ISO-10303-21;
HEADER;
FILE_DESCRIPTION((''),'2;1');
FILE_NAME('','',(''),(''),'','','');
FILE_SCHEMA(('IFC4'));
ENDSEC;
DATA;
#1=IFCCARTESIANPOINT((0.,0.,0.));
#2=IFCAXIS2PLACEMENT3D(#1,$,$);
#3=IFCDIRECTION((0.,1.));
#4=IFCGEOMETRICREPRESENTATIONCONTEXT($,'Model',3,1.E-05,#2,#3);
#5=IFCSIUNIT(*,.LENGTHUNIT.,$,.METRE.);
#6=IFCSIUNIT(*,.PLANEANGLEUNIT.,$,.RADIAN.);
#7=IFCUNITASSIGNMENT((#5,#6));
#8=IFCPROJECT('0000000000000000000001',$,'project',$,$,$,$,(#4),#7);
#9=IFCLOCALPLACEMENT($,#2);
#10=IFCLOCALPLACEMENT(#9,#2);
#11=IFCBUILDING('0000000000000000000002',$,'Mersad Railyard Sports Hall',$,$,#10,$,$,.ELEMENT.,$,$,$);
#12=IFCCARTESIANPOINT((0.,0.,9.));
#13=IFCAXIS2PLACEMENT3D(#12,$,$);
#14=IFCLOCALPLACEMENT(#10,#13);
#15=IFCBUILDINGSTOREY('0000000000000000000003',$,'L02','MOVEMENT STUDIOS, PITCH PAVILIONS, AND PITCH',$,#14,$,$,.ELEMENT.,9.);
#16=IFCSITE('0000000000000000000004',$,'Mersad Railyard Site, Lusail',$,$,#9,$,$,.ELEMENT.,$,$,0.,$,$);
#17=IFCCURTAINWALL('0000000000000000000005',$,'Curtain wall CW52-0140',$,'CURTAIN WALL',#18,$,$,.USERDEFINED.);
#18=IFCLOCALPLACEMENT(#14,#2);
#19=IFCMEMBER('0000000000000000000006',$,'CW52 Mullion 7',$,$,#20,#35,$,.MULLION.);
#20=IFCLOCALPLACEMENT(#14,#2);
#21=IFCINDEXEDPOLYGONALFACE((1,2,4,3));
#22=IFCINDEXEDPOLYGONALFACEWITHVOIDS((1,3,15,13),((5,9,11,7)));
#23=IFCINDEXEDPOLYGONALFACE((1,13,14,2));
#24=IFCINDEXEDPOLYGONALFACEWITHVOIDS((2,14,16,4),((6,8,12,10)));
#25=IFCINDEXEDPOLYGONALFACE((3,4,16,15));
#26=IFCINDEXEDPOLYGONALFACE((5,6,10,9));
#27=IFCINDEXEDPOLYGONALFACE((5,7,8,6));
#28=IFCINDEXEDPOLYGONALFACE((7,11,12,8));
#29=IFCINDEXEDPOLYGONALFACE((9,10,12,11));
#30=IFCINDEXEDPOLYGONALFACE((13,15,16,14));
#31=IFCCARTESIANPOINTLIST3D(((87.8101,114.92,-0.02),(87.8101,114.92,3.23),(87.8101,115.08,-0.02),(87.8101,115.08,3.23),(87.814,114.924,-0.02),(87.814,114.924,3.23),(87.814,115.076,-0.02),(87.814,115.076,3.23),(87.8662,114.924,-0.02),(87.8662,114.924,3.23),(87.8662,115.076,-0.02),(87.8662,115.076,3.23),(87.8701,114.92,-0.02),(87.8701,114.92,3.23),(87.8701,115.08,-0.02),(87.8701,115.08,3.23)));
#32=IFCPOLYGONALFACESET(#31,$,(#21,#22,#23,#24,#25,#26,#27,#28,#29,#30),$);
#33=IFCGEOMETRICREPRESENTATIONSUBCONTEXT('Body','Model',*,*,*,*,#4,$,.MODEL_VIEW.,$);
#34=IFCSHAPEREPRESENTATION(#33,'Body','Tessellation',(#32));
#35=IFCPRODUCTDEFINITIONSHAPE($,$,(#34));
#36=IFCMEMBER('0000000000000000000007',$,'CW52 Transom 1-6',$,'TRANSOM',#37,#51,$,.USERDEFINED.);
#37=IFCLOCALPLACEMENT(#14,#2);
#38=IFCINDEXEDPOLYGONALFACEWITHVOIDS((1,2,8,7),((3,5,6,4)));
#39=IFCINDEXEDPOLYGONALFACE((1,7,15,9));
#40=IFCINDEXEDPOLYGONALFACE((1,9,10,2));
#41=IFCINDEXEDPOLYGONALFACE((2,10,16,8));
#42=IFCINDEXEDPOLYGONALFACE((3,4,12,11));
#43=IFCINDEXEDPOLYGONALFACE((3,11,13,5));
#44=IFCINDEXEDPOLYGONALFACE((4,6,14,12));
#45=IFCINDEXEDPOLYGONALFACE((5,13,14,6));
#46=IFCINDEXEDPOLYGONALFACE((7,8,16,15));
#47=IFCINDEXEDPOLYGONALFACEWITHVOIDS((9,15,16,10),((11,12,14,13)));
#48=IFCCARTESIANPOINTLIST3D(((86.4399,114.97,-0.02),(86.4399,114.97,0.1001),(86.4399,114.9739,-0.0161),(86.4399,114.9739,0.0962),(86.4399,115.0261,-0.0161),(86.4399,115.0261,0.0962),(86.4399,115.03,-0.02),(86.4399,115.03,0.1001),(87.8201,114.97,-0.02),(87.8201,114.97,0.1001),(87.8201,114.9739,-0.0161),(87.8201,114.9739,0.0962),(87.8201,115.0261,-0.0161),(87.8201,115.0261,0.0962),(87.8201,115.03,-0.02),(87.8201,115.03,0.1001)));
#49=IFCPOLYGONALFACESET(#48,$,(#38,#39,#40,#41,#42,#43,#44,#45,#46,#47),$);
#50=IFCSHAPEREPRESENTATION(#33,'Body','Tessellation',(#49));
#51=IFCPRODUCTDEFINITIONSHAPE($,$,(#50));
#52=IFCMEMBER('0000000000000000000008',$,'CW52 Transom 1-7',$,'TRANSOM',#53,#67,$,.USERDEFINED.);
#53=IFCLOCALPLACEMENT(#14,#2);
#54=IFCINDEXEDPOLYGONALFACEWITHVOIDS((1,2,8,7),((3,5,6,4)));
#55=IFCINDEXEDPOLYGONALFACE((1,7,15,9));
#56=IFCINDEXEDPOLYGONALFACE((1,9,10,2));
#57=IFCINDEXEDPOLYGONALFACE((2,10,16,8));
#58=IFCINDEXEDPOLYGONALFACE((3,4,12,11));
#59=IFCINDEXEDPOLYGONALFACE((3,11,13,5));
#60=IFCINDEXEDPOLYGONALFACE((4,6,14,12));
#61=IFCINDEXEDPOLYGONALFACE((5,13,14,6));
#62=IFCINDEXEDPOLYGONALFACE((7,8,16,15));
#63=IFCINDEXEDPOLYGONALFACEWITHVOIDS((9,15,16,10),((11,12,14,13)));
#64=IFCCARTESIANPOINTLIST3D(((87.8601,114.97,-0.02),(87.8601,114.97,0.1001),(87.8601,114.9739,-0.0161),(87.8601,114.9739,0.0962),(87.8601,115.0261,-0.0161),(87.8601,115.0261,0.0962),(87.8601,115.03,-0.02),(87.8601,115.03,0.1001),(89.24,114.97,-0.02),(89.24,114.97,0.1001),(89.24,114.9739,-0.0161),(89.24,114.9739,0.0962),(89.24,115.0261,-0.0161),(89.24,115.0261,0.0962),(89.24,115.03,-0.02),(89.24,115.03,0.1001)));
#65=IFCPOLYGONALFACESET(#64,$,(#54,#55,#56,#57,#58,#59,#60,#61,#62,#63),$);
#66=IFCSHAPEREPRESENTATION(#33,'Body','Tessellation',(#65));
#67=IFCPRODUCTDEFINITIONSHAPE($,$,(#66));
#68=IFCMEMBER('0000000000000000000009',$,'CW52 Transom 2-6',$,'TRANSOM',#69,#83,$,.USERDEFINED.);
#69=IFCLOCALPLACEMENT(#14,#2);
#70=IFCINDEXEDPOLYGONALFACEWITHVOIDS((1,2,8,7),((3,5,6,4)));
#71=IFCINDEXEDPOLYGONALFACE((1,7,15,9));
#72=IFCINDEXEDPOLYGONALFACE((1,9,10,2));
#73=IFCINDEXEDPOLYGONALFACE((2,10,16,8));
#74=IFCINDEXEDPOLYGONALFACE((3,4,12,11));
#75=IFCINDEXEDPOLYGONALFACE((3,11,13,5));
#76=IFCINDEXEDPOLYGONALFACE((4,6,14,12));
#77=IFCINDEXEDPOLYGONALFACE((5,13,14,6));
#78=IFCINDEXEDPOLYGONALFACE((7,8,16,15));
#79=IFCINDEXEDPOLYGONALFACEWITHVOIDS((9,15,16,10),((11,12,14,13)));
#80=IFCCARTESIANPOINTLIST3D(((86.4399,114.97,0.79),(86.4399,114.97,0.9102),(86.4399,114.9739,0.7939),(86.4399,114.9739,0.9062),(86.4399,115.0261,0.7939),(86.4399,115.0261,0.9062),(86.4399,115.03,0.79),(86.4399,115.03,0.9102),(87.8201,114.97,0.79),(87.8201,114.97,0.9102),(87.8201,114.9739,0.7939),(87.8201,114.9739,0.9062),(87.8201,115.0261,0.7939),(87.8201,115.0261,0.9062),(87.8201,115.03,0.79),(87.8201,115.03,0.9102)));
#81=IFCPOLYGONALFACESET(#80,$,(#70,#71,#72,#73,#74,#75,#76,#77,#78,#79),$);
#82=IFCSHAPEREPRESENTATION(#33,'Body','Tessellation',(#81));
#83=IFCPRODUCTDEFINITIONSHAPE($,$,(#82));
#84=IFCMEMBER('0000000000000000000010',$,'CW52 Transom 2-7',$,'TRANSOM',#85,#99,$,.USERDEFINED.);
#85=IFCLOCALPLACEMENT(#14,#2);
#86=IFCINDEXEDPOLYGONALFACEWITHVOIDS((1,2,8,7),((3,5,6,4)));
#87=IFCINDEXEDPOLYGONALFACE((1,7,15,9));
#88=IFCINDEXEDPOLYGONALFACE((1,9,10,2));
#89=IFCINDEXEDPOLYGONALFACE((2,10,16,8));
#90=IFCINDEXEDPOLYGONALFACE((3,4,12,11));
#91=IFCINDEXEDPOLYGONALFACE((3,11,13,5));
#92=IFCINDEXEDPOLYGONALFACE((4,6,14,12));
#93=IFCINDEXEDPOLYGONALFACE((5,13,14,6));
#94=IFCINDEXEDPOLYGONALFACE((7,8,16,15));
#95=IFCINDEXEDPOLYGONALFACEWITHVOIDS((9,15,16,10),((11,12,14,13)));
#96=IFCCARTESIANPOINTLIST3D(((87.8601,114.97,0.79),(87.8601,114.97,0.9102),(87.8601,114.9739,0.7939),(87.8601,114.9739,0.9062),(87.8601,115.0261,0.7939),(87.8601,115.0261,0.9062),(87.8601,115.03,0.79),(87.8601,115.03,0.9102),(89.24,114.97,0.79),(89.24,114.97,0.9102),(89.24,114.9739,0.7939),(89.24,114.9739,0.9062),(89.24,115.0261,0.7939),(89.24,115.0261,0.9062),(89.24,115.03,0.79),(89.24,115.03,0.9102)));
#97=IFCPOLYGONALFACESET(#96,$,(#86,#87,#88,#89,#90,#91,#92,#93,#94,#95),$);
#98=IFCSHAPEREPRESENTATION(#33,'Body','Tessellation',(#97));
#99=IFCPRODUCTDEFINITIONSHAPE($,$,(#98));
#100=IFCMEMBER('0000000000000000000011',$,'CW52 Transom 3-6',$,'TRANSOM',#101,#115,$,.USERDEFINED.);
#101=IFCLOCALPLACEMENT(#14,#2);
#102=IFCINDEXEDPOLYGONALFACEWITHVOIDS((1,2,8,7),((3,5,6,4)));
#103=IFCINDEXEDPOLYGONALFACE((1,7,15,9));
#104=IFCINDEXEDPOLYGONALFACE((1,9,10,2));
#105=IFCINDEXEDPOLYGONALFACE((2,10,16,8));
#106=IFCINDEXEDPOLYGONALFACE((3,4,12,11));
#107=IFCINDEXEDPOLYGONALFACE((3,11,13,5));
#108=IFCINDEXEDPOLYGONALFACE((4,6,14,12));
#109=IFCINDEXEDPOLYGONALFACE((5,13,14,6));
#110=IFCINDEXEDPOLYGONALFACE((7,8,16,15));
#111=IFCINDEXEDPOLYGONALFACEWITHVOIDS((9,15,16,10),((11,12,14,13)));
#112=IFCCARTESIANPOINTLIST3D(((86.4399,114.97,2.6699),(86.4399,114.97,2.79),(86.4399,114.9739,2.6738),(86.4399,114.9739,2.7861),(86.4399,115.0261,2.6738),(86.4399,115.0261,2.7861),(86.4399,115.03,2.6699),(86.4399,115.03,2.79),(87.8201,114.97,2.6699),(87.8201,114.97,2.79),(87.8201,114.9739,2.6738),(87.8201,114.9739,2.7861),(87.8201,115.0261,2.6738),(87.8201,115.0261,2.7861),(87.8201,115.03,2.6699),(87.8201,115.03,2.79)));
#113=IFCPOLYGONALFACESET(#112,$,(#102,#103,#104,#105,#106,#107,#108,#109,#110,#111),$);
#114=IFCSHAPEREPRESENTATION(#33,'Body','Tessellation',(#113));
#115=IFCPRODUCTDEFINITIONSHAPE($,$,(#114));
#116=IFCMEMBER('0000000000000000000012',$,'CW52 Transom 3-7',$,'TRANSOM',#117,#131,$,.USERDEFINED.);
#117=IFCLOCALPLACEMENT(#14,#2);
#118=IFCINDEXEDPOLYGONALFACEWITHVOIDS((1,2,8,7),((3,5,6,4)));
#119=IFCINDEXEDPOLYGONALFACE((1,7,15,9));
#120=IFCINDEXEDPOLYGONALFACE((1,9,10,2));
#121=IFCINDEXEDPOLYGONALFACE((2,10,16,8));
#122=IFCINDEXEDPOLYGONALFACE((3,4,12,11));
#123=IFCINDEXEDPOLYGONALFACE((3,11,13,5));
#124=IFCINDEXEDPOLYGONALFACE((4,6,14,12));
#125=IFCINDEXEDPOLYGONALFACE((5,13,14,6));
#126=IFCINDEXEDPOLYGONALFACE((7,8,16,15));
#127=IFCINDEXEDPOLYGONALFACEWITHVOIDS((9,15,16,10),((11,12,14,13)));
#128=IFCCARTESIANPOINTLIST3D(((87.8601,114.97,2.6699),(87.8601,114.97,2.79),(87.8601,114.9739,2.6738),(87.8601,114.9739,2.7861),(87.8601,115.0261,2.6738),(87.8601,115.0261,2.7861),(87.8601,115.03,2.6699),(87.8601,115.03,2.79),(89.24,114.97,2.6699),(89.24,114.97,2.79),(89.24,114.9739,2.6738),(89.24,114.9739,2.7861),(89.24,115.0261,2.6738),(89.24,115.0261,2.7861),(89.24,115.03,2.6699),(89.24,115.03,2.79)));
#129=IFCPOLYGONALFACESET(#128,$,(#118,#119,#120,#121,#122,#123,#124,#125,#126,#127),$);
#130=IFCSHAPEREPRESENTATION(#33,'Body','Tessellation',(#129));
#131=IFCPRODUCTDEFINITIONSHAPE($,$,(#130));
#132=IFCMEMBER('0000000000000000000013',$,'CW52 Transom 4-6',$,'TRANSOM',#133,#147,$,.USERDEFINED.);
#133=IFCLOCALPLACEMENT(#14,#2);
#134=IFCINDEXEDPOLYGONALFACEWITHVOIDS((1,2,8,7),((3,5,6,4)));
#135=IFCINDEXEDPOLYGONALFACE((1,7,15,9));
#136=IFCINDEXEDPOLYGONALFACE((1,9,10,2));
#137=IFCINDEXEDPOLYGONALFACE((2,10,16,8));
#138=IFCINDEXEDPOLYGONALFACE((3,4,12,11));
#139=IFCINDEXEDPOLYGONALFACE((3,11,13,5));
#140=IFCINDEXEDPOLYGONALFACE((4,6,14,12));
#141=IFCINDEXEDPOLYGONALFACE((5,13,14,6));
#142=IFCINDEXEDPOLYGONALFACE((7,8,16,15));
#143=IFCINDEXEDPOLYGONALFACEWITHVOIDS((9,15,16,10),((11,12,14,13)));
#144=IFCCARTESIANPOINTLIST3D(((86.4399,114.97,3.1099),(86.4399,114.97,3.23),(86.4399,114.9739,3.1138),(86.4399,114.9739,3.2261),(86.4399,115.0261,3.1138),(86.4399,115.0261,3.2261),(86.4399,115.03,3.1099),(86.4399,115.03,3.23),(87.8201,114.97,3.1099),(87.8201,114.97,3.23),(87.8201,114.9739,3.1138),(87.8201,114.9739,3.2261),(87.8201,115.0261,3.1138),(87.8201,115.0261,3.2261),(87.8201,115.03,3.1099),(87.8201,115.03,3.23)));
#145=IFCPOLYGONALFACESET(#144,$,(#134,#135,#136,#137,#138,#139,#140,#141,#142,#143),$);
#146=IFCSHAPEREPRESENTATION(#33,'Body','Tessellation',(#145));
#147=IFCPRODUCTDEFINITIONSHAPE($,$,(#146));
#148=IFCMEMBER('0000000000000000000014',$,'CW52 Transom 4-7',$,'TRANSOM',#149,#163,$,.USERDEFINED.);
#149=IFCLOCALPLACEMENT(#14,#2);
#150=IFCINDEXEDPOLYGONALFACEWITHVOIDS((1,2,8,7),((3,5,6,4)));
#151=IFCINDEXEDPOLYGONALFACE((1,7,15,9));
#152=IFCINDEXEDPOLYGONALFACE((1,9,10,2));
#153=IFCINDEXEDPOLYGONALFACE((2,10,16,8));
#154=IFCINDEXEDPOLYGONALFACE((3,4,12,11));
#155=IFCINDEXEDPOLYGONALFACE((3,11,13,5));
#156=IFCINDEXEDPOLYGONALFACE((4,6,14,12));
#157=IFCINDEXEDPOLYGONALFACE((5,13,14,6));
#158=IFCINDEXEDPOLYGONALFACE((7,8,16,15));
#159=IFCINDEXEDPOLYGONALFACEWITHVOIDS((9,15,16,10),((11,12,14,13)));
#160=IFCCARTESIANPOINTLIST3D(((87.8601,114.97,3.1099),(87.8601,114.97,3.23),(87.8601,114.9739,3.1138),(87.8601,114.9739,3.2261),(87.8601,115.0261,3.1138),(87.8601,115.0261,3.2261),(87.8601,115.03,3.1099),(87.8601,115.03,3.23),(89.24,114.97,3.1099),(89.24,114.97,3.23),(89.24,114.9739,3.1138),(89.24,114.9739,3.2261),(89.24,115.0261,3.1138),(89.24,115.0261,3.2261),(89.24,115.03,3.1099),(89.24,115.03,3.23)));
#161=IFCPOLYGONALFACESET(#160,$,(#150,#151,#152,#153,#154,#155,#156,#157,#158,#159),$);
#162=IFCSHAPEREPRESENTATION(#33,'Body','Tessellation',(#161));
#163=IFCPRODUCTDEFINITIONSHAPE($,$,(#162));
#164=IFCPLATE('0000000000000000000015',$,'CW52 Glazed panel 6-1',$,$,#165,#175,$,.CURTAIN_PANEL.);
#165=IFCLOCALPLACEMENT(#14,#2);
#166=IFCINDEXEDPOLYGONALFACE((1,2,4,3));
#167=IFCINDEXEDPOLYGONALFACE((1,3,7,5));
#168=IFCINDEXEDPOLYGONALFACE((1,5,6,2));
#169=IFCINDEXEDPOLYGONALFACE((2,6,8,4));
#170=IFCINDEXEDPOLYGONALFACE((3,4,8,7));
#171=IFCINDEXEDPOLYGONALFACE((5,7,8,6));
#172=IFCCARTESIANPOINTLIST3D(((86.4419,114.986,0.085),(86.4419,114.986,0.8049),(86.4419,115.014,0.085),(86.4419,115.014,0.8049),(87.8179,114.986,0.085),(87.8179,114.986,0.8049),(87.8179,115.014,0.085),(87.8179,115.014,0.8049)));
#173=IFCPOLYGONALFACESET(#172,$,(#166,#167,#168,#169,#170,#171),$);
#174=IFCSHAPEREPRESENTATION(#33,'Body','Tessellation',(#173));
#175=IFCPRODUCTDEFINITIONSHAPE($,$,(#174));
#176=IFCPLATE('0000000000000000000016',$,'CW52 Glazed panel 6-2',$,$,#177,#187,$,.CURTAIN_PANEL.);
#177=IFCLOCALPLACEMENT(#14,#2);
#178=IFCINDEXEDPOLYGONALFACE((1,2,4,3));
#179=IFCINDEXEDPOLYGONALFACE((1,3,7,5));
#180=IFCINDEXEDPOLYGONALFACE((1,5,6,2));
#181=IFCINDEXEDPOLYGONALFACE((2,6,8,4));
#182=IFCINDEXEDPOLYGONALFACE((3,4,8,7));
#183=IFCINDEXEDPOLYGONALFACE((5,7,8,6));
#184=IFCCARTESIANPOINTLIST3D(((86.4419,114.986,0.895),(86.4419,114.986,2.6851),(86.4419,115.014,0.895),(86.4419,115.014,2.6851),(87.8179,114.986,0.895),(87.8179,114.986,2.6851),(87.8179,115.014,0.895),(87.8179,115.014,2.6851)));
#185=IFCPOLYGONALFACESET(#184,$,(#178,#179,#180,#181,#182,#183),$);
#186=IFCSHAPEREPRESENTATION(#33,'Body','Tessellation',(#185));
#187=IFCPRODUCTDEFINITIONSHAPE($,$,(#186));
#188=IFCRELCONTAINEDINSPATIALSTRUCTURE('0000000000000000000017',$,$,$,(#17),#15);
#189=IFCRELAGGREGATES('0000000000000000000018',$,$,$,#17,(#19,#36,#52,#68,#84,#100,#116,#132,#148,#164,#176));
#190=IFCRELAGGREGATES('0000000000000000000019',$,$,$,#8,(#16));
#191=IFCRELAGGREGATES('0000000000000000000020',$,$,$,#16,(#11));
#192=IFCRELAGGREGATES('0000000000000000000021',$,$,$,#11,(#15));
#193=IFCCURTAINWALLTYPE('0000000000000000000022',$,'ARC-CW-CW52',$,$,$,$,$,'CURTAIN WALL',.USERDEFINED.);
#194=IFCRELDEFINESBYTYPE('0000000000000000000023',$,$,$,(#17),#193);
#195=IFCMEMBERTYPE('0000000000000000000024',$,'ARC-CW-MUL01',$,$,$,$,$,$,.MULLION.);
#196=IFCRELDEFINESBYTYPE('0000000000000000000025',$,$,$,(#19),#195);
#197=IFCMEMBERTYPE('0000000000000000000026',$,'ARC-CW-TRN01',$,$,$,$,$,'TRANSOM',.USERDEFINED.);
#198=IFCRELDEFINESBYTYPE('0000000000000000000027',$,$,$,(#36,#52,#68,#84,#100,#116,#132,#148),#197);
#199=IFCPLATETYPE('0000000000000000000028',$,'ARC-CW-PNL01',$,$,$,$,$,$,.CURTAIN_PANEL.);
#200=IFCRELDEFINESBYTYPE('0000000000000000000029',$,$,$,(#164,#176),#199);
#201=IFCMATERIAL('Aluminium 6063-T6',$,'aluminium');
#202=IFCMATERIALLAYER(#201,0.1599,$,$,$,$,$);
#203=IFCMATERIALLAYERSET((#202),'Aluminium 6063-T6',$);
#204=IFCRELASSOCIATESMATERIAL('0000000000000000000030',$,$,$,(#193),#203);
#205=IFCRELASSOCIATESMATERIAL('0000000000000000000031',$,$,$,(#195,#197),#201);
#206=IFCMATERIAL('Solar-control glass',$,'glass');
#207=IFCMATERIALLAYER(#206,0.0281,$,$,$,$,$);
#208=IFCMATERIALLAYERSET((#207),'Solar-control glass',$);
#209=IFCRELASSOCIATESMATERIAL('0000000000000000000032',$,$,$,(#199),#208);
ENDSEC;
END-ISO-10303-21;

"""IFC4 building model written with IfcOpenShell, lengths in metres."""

from ifc_helpers import new_model, si_unit, direction, frame, origin, origin_2d, place, context, subcontext, project, spatial, rectangle, hollow_rectangle, extrude, material, layer, layer_set, material_profile, profile_set, type_object, element, aggregate, save


model = new_model("IFC4")

# Units and contexts
model_context = context("Model", 3, precision=1e-05, world=origin(), true_north=direction((0.0, 1.0)))
body_context = subcontext(model_context, "Body", "Model", "MODEL_VIEW")
ifc_project = project(units=[si_unit("LENGTHUNIT", "METRE"), si_unit("PLANEANGLEUNIT", "RADIAN")], contexts=[model_context])

# Site, building, storey
site_placement = place(None, origin())
site = spatial("IfcSite", under=ifc_project, at=site_placement, Name="Mersad Railyard Site, Lusail", CompositionType="ELEMENT", RefElevation=0.0)
building_placement = place(site_placement, origin())
building = spatial("IfcBuilding", under=site, at=building_placement, Name="Mersad Railyard Sports Hall", CompositionType="ELEMENT")
storey_placement = place(building_placement, frame((0.0, 0.0, 9.0)))
storey = spatial("IfcBuildingStorey", under=building, at=storey_placement, Name="L02", Description="MOVEMENT STUDIOS, PITCH PAVILIONS, AND PITCH", CompositionType="ELEMENT", Elevation=9.0)

# Curtain wall, members, plates
ifc_material_1 = material(Name="Aluminium 6063-T6", Category="aluminium")
ifc_layer_1 = layer(ifc_material_1, 0.1599)
ifc_layer_set_1 = layer_set([ifc_layer_1], Name="Aluminium 6063-T6")
curtain_wall_type = type_object("IfcCurtainWallType", Name="ARC-CW-CW52", ElementType="CURTAIN WALL", PredefinedType="USERDEFINED", material=ifc_layer_set_1)
curtain_wall_placement = place(storey_placement, origin())
curtain_wall = element("IfcCurtainWall", 1, at=curtain_wall_placement, inside=storey, type_object=curtain_wall_type, Name="Curtain wall CW52-0140", ObjectType="CURTAIN WALL", PredefinedType="USERDEFINED")
ifc_material_profile_1 = material_profile(ifc_material_1, hollow_rectangle(XDim=0.0601, YDim=0.1599, WallThickness=0.0039, at=origin_2d()), Name="AL MULLION 60x160x4")
ifc_profile_set_1 = profile_set([ifc_material_profile_1], Name="Aluminium 6063-T6")
member_type_1 = type_object("IfcMemberType", Name="ARC-CW-MUL01", PredefinedType="MULLION", material=ifc_profile_set_1)
member_1_placement = place(storey_placement, frame((87.8401, 115.0, -0.02), z_axis=(0.0, 0.0, 1.0), x_axis=(1.0, 0.0, 0.0)))
member_1 = element("IfcMember", 2, at=member_1_placement, type_object=member_type_1, Name="CW52 Mullion 7", PredefinedType="MULLION", context=body_context, shape_type="SweptSolid", body=[
    extrude(hollow_rectangle(XDim=0.0601, YDim=0.1599, WallThickness=0.0039, at=origin_2d()), origin(), (0.0, 0.0, 1.0), 3.25),
])
ifc_material_profile_2 = material_profile(ifc_material_1, hollow_rectangle(XDim=0.0601, YDim=0.1201, WallThickness=0.0039, at=origin_2d()), Name="AL TRANSOM 60x120x4")
ifc_profile_set_2 = profile_set([ifc_material_profile_2], Name="Aluminium 6063-T6")
member_type_2 = type_object("IfcMemberType", Name="ARC-CW-TRN01", ElementType="TRANSOM", PredefinedType="USERDEFINED", material=ifc_profile_set_2)
member_2_placement = place(storey_placement, frame((86.4399, 115.0, 0.04), z_axis=(1.0, 0.0, 0.0), x_axis=(0.0, 1.0, 0.0)))
member_2 = element("IfcMember", 3, at=member_2_placement, type_object=member_type_2, Name="CW52 Transom 1-6", ObjectType="TRANSOM", PredefinedType="USERDEFINED", context=body_context, shape_type="SweptSolid", body=[
    extrude(hollow_rectangle(XDim=0.0601, YDim=0.1201, WallThickness=0.0039, at=origin_2d()), origin(), (0.0, 0.0, 1.0), 1.3801),
])
member_3_placement = place(storey_placement, frame((87.8601, 115.0, 0.04), z_axis=(1.0, 0.0, 0.0), x_axis=(0.0, 1.0, 0.0)))
member_3 = element("IfcMember", 4, at=member_3_placement, type_object=member_type_2, Name="CW52 Transom 1-7", ObjectType="TRANSOM", PredefinedType="USERDEFINED", context=body_context, shape_type="SweptSolid", body=[
    extrude(hollow_rectangle(XDim=0.0601, YDim=0.1201, WallThickness=0.0039, at=origin_2d()), origin(), (0.0, 0.0, 1.0), 1.3799),
])
member_4_placement = place(storey_placement, frame((86.4399, 115.0, 0.8501), z_axis=(1.0, 0.0, 0.0), x_axis=(0.0, 1.0, 0.0)))
member_4 = element("IfcMember", 5, at=member_4_placement, type_object=member_type_2, Name="CW52 Transom 2-6", ObjectType="TRANSOM", PredefinedType="USERDEFINED", context=body_context, shape_type="SweptSolid", body=[
    extrude(hollow_rectangle(XDim=0.0601, YDim=0.1201, WallThickness=0.0039, at=origin_2d()), origin(), (0.0, 0.0, 1.0), 1.3801),
])
member_5_placement = place(storey_placement, frame((87.8601, 115.0, 0.8501), z_axis=(1.0, 0.0, 0.0), x_axis=(0.0, 1.0, 0.0)))
member_5 = element("IfcMember", 6, at=member_5_placement, type_object=member_type_2, Name="CW52 Transom 2-7", ObjectType="TRANSOM", PredefinedType="USERDEFINED", context=body_context, shape_type="SweptSolid", body=[
    extrude(hollow_rectangle(XDim=0.0601, YDim=0.1201, WallThickness=0.0039, at=origin_2d()), origin(), (0.0, 0.0, 1.0), 1.3799),
])
member_6_placement = place(storey_placement, frame((86.4399, 115.0, 2.73), z_axis=(1.0, 0.0, 0.0), x_axis=(0.0, 1.0, 0.0)))
member_6 = element("IfcMember", 7, at=member_6_placement, type_object=member_type_2, Name="CW52 Transom 3-6", ObjectType="TRANSOM", PredefinedType="USERDEFINED", context=body_context, shape_type="SweptSolid", body=[
    extrude(hollow_rectangle(XDim=0.0601, YDim=0.1201, WallThickness=0.0039, at=origin_2d()), origin(), (0.0, 0.0, 1.0), 1.3801),
])
member_7_placement = place(storey_placement, frame((87.8601, 115.0, 2.73), z_axis=(1.0, 0.0, 0.0), x_axis=(0.0, 1.0, 0.0)))
member_7 = element("IfcMember", 8, at=member_7_placement, type_object=member_type_2, Name="CW52 Transom 3-7", ObjectType="TRANSOM", PredefinedType="USERDEFINED", context=body_context, shape_type="SweptSolid", body=[
    extrude(hollow_rectangle(XDim=0.0601, YDim=0.1201, WallThickness=0.0039, at=origin_2d()), origin(), (0.0, 0.0, 1.0), 1.3799),
])
member_8_placement = place(storey_placement, frame((86.4399, 115.0, 3.1699), z_axis=(1.0, 0.0, 0.0), x_axis=(0.0, 1.0, 0.0)))
member_8 = element("IfcMember", 9, at=member_8_placement, type_object=member_type_2, Name="CW52 Transom 4-6", ObjectType="TRANSOM", PredefinedType="USERDEFINED", context=body_context, shape_type="SweptSolid", body=[
    extrude(hollow_rectangle(XDim=0.0601, YDim=0.1201, WallThickness=0.0039, at=origin_2d()), origin(), (0.0, 0.0, 1.0), 1.3801),
])
member_9_placement = place(storey_placement, frame((87.8601, 115.0, 3.1699), z_axis=(1.0, 0.0, 0.0), x_axis=(0.0, 1.0, 0.0)))
member_9 = element("IfcMember", 10, at=member_9_placement, type_object=member_type_2, Name="CW52 Transom 4-7", ObjectType="TRANSOM", PredefinedType="USERDEFINED", context=body_context, shape_type="SweptSolid", body=[
    extrude(hollow_rectangle(XDim=0.0601, YDim=0.1201, WallThickness=0.0039, at=origin_2d()), origin(), (0.0, 0.0, 1.0), 1.3799),
])
ifc_material_2 = material(Name="Solar-control glass", Category="glass")
ifc_layer_2 = layer(ifc_material_2, 0.0281)
ifc_layer_set_2 = layer_set([ifc_layer_2], Name="Solar-control glass")
plate_type = type_object("IfcPlateType", Name="ARC-CW-PNL01", PredefinedType="CURTAIN_PANEL", material=ifc_layer_set_2)
plate_1_placement = place(storey_placement, frame((87.1299, 115.0, 0.085), z_axis=(0.0, 0.0, 1.0), x_axis=(1.0, 0.0, 0.0)))
plate_1 = element("IfcPlate", 11, at=plate_1_placement, type_object=plate_type, Name="CW52 Glazed panel 6-1", PredefinedType="CURTAIN_PANEL", context=body_context, shape_type="SweptSolid", body=[
    extrude(rectangle(XDim=1.376, YDim=0.0281, at=origin_2d()), origin(), (0.0, 0.0, 1.0), 0.72),
])
plate_2_placement = place(storey_placement, frame((87.1299, 115.0, 0.895), z_axis=(0.0, 0.0, 1.0), x_axis=(1.0, 0.0, 0.0)))
plate_2 = element("IfcPlate", 12, at=plate_2_placement, type_object=plate_type, Name="CW52 Glazed panel 6-2", PredefinedType="CURTAIN_PANEL", context=body_context, shape_type="SweptSolid", body=[
    extrude(rectangle(XDim=1.376, YDim=0.0281, at=origin_2d()), origin(), (0.0, 0.0, 1.0), 1.79),
])
aggregate(curtain_wall, [member_1, member_2, member_3, member_4, member_5, member_6, member_7, member_8, member_9, plate_1, plate_2])

save(model, "model.ifc")
